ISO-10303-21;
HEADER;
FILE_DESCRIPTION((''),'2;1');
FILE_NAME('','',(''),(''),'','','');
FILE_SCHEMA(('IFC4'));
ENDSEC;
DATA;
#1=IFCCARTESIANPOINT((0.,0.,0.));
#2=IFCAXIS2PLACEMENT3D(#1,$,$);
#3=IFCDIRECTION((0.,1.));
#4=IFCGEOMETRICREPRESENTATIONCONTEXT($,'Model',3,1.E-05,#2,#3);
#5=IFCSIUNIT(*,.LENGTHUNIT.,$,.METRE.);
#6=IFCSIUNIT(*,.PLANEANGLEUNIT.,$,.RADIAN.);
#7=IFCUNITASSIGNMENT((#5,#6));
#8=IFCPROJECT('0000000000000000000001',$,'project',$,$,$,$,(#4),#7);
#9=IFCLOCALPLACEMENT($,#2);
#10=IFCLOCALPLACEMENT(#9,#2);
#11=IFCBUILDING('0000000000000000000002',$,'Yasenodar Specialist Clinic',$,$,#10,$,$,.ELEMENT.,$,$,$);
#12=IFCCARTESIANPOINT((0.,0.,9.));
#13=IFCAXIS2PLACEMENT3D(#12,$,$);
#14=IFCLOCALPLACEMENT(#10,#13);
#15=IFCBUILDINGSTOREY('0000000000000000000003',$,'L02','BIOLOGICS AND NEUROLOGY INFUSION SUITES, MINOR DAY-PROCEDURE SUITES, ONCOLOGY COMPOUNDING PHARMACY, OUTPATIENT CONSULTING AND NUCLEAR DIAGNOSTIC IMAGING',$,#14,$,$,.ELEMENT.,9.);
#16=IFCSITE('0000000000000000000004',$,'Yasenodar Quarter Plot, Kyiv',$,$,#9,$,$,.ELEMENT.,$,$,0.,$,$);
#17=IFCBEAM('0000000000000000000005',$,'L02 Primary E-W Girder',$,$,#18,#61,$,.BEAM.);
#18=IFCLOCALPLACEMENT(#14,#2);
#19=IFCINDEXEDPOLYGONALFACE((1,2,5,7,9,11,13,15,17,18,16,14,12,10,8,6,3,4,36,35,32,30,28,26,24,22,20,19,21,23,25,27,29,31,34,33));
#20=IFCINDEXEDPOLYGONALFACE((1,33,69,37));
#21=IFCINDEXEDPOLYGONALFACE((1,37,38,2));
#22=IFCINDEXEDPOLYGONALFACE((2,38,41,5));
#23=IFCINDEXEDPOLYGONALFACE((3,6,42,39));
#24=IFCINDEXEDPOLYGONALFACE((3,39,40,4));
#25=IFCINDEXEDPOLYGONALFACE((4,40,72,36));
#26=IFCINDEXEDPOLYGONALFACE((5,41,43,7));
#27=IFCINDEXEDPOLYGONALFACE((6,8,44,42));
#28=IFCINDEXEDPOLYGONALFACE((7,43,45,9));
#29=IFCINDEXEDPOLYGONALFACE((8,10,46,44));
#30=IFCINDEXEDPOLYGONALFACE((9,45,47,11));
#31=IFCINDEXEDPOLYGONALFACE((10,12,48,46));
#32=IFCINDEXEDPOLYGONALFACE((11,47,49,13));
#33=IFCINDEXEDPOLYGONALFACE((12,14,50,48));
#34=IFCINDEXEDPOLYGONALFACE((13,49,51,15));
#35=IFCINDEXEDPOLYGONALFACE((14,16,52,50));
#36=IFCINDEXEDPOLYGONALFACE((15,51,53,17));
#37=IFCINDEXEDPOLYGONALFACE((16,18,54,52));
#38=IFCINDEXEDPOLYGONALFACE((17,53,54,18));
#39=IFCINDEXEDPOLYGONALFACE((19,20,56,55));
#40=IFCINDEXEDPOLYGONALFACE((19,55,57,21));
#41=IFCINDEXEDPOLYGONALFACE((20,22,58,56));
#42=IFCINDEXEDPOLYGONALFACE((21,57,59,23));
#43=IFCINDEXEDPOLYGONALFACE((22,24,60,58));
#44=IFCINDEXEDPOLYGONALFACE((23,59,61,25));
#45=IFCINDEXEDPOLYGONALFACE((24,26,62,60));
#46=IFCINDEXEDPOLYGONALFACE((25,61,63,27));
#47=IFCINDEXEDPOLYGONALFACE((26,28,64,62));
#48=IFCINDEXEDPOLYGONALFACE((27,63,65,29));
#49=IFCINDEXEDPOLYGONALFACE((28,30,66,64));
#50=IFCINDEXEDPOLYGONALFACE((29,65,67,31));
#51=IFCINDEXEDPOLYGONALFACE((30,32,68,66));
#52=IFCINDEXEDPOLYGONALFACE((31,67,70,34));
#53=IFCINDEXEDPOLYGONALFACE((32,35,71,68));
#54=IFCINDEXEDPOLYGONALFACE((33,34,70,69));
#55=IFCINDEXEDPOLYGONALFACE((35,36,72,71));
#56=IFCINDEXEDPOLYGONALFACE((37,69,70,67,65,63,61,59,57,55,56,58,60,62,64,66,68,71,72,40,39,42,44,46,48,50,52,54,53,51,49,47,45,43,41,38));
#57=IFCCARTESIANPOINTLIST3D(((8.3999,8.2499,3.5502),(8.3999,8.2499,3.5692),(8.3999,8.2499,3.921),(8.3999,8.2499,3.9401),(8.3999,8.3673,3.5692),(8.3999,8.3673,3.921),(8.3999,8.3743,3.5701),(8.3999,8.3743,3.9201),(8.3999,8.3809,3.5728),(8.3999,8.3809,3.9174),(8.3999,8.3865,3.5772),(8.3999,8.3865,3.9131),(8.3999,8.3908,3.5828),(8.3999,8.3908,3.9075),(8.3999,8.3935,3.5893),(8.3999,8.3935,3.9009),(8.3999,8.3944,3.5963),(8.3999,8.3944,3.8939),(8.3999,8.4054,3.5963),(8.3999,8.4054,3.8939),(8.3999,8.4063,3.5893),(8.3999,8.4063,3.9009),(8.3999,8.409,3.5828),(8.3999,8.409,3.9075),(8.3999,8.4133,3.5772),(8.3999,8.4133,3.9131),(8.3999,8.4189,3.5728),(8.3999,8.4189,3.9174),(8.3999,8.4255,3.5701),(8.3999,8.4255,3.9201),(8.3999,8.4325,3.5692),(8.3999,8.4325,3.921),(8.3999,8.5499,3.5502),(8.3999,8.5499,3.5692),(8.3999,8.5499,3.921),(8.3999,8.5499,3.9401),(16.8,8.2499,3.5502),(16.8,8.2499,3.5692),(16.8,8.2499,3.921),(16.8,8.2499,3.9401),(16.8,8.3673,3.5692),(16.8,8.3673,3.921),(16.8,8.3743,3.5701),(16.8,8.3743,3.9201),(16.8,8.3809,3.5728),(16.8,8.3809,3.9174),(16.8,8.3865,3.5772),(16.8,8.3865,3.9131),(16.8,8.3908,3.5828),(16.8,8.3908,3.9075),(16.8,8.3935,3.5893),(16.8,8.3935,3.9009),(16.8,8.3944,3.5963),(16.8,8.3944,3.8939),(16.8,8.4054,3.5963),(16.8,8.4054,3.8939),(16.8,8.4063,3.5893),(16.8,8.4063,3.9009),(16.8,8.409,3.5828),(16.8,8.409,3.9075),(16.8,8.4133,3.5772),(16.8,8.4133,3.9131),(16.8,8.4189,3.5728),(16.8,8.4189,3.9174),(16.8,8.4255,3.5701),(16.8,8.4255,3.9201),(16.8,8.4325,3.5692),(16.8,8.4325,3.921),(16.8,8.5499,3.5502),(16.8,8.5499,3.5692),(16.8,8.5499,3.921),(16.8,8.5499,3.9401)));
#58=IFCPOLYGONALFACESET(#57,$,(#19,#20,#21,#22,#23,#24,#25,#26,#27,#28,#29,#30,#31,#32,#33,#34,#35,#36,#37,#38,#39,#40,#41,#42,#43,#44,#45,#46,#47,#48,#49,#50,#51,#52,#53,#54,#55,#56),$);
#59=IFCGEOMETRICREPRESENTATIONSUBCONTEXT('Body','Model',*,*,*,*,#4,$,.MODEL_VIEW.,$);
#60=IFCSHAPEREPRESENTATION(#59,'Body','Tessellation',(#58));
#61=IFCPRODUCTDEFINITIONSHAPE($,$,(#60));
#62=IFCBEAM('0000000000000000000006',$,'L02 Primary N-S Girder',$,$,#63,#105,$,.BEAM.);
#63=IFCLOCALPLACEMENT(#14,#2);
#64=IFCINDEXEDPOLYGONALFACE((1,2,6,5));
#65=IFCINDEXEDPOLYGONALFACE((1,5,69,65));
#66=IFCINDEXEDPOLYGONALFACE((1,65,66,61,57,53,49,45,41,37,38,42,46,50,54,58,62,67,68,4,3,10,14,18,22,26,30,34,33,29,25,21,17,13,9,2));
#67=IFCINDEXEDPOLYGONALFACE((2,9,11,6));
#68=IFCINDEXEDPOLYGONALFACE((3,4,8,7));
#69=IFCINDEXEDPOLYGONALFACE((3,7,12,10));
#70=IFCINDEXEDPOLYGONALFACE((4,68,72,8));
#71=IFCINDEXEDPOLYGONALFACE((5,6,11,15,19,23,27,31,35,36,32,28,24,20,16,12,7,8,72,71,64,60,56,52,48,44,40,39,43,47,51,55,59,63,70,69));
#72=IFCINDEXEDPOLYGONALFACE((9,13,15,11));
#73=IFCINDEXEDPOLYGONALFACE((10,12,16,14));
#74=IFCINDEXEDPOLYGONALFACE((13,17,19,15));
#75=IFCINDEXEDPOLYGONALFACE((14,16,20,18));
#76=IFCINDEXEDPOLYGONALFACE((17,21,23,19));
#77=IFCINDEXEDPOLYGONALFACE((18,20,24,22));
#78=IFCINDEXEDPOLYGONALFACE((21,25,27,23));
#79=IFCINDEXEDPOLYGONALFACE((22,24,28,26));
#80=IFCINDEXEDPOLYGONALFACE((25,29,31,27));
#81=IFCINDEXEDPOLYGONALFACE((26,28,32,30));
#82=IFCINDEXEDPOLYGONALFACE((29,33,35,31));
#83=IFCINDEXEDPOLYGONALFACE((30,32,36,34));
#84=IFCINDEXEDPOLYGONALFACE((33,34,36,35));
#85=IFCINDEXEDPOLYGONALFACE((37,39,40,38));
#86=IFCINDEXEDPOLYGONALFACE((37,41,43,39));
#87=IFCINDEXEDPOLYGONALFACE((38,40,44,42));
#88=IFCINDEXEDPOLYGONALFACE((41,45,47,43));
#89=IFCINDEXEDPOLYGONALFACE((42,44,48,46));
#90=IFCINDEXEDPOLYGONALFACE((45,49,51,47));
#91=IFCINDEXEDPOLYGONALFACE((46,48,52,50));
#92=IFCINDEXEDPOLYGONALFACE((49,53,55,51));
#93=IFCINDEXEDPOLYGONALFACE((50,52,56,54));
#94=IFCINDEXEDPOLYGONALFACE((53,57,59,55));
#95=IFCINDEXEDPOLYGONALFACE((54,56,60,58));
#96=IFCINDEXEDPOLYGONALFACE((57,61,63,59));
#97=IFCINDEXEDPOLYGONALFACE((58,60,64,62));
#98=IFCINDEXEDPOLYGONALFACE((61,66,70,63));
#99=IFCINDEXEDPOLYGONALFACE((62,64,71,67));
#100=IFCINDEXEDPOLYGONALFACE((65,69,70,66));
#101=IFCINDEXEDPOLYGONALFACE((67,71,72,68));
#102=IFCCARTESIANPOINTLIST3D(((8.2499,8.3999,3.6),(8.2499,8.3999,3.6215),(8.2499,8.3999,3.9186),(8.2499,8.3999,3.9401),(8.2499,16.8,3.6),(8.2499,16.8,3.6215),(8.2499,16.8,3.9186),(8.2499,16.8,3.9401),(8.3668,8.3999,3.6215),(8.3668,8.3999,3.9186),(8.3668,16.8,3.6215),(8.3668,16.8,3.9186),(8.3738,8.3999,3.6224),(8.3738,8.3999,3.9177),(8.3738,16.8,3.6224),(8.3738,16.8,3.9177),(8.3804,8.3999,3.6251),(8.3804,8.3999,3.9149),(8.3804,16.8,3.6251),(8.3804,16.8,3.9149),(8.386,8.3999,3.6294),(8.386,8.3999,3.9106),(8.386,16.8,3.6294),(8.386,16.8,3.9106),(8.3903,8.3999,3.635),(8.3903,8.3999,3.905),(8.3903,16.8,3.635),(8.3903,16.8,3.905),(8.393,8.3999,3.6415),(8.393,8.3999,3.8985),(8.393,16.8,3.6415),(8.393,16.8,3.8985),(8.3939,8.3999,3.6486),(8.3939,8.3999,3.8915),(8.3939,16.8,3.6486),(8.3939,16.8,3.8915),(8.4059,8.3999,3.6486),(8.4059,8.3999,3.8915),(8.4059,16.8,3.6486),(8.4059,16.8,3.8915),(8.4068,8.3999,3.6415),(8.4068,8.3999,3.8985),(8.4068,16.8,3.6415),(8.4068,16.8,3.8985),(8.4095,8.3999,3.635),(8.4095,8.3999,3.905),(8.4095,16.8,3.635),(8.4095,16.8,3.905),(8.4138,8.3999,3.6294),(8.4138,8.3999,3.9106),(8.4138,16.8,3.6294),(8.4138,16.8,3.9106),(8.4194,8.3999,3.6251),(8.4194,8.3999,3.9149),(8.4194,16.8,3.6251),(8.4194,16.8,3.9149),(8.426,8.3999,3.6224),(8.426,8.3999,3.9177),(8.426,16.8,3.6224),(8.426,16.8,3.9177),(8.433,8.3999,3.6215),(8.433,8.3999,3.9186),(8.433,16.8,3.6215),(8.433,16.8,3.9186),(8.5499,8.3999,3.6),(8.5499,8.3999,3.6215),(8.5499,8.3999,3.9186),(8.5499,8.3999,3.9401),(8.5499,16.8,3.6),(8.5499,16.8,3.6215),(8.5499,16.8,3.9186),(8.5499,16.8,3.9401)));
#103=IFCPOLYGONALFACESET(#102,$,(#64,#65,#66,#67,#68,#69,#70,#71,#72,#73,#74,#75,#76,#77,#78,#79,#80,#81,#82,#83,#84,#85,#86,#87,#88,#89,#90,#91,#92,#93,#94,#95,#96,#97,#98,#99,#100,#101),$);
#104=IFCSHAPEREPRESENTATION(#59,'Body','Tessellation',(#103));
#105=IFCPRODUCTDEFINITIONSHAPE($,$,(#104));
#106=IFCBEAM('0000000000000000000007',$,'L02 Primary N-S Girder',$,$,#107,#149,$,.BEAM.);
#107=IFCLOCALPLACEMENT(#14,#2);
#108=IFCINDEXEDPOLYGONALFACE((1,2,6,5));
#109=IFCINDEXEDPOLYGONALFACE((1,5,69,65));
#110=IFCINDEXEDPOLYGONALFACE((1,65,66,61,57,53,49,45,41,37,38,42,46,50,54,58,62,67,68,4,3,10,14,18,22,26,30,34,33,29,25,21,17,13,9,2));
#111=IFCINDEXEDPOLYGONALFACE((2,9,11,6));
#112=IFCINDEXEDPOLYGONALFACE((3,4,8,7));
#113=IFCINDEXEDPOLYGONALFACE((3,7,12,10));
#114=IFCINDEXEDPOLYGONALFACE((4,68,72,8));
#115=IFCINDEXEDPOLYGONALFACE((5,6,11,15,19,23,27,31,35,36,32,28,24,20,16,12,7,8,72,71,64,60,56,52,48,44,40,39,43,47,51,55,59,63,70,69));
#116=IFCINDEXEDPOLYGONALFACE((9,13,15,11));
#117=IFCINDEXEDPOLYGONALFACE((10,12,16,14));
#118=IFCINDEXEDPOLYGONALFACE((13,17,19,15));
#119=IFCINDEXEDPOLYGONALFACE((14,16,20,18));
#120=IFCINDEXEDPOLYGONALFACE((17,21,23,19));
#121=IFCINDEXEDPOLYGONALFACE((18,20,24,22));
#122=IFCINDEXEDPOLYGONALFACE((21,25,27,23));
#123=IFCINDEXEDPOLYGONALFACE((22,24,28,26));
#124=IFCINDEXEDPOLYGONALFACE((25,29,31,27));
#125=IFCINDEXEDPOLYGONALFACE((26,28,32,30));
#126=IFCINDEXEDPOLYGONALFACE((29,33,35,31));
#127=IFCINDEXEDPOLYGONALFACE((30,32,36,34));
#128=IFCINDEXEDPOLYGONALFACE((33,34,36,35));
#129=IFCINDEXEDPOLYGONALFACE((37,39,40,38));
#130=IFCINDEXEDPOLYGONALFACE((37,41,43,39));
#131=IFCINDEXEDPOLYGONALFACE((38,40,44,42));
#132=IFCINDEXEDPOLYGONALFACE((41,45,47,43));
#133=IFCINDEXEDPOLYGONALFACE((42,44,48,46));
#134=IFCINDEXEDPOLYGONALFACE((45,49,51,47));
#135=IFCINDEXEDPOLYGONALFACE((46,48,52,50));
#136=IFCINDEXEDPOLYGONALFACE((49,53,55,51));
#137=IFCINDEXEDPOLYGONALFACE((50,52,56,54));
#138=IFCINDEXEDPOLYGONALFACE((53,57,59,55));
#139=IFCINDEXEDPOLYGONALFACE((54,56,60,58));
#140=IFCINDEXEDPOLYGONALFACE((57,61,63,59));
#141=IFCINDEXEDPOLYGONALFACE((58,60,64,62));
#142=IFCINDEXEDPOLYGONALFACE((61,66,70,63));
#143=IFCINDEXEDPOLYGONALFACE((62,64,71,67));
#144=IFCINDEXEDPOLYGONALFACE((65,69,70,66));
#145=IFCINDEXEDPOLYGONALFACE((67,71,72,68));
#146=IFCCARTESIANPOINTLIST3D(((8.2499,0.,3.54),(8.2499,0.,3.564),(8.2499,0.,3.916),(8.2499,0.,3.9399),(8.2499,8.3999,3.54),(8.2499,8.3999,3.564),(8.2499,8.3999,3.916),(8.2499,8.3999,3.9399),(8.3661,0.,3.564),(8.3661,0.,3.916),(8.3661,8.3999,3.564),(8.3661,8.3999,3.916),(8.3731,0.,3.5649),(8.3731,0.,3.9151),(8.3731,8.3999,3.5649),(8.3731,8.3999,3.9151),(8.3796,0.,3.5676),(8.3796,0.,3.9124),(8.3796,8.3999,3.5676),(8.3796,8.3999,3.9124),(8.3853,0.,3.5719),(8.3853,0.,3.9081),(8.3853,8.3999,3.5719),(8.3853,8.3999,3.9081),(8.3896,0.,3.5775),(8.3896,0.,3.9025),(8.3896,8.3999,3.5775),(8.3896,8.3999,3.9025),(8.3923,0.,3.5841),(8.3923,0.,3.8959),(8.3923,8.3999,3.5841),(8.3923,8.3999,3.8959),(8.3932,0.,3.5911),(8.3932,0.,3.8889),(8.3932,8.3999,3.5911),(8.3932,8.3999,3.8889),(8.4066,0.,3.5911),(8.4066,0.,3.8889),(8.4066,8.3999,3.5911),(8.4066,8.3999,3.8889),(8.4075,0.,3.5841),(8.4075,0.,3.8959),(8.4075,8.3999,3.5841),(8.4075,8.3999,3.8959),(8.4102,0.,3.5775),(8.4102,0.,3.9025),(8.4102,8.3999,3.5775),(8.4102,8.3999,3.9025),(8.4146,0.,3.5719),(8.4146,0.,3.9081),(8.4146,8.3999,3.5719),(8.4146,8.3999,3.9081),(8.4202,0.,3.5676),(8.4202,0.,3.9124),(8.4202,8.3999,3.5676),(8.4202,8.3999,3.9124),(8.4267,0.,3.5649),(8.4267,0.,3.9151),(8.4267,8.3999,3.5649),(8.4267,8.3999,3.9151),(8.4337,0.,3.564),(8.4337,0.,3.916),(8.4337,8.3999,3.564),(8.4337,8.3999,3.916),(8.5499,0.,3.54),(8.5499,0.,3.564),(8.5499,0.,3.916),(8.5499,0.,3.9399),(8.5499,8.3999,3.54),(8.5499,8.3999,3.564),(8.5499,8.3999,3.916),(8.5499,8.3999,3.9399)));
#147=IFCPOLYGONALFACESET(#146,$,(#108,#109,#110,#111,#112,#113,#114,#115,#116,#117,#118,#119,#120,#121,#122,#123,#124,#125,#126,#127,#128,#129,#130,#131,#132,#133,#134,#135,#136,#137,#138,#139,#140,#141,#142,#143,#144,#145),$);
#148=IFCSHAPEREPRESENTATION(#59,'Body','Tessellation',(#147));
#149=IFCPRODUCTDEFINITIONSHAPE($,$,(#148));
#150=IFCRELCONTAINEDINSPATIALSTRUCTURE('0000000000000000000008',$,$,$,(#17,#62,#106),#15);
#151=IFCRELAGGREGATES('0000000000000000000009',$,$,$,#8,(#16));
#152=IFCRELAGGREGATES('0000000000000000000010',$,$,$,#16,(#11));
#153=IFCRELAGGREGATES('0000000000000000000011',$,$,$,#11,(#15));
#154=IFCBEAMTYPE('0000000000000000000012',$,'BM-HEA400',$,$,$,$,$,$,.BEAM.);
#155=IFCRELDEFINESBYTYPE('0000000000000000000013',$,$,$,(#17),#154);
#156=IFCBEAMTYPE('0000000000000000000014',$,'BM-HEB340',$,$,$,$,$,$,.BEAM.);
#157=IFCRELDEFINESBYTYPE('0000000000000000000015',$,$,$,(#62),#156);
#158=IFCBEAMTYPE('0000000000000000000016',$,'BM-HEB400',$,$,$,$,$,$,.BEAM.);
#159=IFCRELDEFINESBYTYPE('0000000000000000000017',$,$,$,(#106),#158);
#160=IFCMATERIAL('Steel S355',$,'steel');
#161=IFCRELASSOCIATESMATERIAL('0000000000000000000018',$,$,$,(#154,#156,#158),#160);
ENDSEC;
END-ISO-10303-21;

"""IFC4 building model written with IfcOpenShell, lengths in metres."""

from ifc_helpers import new_model, si_unit, direction, frame, origin, origin_2d, place, context, subcontext, project, spatial, i_section, extrude, material, material_profile, profile_set, type_object, element, save


model = new_model("IFC4")

# Units and contexts
model_context = context("Model", 3, precision=1e-05, world=origin(), true_north=direction((0.0, 1.0)))
body_context = subcontext(model_context, "Body", "Model", "MODEL_VIEW")
ifc_project = project(units=[si_unit("LENGTHUNIT", "METRE"), si_unit("PLANEANGLEUNIT", "RADIAN")], contexts=[model_context])

# Site, building, storey
site_placement = place(None, origin())
site = spatial("IfcSite", under=ifc_project, at=site_placement, Name="Yasenodar Quarter Plot, Kyiv", CompositionType="ELEMENT", RefElevation=0.0)
building_placement = place(site_placement, origin())
building = spatial("IfcBuilding", under=site, at=building_placement, Name="Yasenodar Specialist Clinic", CompositionType="ELEMENT")
storey_placement = place(building_placement, frame((0.0, 0.0, 9.0)))
storey = spatial("IfcBuildingStorey", under=building, at=storey_placement, Name="L02", Description="BIOLOGICS AND NEUROLOGY INFUSION SUITES, MINOR DAY-PROCEDURE SUITES, ONCOLOGY COMPOUNDING PHARMACY, OUTPATIENT CONSULTING AND NUCLEAR DIAGNOSTIC IMAGING", CompositionType="ELEMENT", Elevation=9.0)

# Beams
ifc_material_1 = material(Name="Steel S355", Category="steel")
ifc_material_profile_1 = material_profile(ifc_material_1, i_section(OverallWidth=0.3, OverallDepth=0.3899, WebThickness=0.011, FlangeThickness=0.019, FilletRadius=0.0271, at=origin_2d()), Name="HEA 400")
ifc_profile_set_1 = profile_set([ifc_material_profile_1], Name="Steel S355")
beam_type_1 = type_object("IfcBeamType", Name="BM-HEA400", PredefinedType="BEAM", material=ifc_profile_set_1)
beam_1_placement = place(storey_placement, frame((8.3999, 8.3999, 3.7451), z_axis=(1.0, 0.0, 0.0), x_axis=(0.0, 1.0, 0.0)))
element("IfcBeam", 1, at=beam_1_placement, inside=storey, type_object=beam_type_1, Name="L02 Primary E-W Girder", PredefinedType="BEAM", context=body_context, shape_type="SweptSolid", body=[
    extrude(i_section(OverallWidth=0.3, OverallDepth=0.3899, WebThickness=0.011, FlangeThickness=0.019, FilletRadius=0.0271, at=origin_2d()), origin(), (0.0, 0.0, 1.0), 8.4001),
])
ifc_material_profile_2 = material_profile(ifc_material_1, i_section(OverallWidth=0.3, OverallDepth=0.3401, WebThickness=0.012, FlangeThickness=0.0215, FilletRadius=0.0271, at=origin_2d()), Name="HEB 340")
ifc_profile_set_2 = profile_set([ifc_material_profile_2], Name="Steel S355")
beam_type_2 = type_object("IfcBeamType", Name="BM-HEB340", PredefinedType="BEAM", material=ifc_profile_set_2)
beam_2_placement = place(storey_placement, frame((8.3999, 8.3999, 3.77), z_axis=(0.0, 1.0, 0.0), x_axis=(-1.0, 0.0, 0.0)))
element("IfcBeam", 2, at=beam_2_placement, inside=storey, type_object=beam_type_2, Name="L02 Primary N-S Girder", PredefinedType="BEAM", context=body_context, shape_type="SweptSolid", body=[
    extrude(i_section(OverallWidth=0.3, OverallDepth=0.3401, WebThickness=0.012, FlangeThickness=0.0215, FilletRadius=0.0271, at=origin_2d()), origin(), (0.0, 0.0, 1.0), 8.4001),
])
ifc_material_profile_3 = material_profile(ifc_material_1, i_section(OverallWidth=0.3, OverallDepth=0.3999, WebThickness=0.0134, FlangeThickness=0.0239, FilletRadius=0.0271, at=origin_2d()), Name="HEB 400")
ifc_profile_set_3 = profile_set([ifc_material_profile_3], Name="Steel S355")
beam_type_3 = type_object("IfcBeamType", Name="BM-HEB400", PredefinedType="BEAM", material=ifc_profile_set_3)
beam_3_placement = place(storey_placement, frame((8.3999, 0.0, 3.74), z_axis=(0.0, 1.0, 0.0), x_axis=(-1.0, 0.0, 0.0)))
element("IfcBeam", 3, at=beam_3_placement, inside=storey, type_object=beam_type_3, Name="L02 Primary N-S Girder", PredefinedType="BEAM", context=body_context, shape_type="SweptSolid", body=[
    extrude(i_section(OverallWidth=0.3, OverallDepth=0.3999, WebThickness=0.0134, FlangeThickness=0.0239, FilletRadius=0.0271, at=origin_2d()), origin(), (0.0, 0.0, 1.0), 8.3999),
])

save(model, "model.ifc")
